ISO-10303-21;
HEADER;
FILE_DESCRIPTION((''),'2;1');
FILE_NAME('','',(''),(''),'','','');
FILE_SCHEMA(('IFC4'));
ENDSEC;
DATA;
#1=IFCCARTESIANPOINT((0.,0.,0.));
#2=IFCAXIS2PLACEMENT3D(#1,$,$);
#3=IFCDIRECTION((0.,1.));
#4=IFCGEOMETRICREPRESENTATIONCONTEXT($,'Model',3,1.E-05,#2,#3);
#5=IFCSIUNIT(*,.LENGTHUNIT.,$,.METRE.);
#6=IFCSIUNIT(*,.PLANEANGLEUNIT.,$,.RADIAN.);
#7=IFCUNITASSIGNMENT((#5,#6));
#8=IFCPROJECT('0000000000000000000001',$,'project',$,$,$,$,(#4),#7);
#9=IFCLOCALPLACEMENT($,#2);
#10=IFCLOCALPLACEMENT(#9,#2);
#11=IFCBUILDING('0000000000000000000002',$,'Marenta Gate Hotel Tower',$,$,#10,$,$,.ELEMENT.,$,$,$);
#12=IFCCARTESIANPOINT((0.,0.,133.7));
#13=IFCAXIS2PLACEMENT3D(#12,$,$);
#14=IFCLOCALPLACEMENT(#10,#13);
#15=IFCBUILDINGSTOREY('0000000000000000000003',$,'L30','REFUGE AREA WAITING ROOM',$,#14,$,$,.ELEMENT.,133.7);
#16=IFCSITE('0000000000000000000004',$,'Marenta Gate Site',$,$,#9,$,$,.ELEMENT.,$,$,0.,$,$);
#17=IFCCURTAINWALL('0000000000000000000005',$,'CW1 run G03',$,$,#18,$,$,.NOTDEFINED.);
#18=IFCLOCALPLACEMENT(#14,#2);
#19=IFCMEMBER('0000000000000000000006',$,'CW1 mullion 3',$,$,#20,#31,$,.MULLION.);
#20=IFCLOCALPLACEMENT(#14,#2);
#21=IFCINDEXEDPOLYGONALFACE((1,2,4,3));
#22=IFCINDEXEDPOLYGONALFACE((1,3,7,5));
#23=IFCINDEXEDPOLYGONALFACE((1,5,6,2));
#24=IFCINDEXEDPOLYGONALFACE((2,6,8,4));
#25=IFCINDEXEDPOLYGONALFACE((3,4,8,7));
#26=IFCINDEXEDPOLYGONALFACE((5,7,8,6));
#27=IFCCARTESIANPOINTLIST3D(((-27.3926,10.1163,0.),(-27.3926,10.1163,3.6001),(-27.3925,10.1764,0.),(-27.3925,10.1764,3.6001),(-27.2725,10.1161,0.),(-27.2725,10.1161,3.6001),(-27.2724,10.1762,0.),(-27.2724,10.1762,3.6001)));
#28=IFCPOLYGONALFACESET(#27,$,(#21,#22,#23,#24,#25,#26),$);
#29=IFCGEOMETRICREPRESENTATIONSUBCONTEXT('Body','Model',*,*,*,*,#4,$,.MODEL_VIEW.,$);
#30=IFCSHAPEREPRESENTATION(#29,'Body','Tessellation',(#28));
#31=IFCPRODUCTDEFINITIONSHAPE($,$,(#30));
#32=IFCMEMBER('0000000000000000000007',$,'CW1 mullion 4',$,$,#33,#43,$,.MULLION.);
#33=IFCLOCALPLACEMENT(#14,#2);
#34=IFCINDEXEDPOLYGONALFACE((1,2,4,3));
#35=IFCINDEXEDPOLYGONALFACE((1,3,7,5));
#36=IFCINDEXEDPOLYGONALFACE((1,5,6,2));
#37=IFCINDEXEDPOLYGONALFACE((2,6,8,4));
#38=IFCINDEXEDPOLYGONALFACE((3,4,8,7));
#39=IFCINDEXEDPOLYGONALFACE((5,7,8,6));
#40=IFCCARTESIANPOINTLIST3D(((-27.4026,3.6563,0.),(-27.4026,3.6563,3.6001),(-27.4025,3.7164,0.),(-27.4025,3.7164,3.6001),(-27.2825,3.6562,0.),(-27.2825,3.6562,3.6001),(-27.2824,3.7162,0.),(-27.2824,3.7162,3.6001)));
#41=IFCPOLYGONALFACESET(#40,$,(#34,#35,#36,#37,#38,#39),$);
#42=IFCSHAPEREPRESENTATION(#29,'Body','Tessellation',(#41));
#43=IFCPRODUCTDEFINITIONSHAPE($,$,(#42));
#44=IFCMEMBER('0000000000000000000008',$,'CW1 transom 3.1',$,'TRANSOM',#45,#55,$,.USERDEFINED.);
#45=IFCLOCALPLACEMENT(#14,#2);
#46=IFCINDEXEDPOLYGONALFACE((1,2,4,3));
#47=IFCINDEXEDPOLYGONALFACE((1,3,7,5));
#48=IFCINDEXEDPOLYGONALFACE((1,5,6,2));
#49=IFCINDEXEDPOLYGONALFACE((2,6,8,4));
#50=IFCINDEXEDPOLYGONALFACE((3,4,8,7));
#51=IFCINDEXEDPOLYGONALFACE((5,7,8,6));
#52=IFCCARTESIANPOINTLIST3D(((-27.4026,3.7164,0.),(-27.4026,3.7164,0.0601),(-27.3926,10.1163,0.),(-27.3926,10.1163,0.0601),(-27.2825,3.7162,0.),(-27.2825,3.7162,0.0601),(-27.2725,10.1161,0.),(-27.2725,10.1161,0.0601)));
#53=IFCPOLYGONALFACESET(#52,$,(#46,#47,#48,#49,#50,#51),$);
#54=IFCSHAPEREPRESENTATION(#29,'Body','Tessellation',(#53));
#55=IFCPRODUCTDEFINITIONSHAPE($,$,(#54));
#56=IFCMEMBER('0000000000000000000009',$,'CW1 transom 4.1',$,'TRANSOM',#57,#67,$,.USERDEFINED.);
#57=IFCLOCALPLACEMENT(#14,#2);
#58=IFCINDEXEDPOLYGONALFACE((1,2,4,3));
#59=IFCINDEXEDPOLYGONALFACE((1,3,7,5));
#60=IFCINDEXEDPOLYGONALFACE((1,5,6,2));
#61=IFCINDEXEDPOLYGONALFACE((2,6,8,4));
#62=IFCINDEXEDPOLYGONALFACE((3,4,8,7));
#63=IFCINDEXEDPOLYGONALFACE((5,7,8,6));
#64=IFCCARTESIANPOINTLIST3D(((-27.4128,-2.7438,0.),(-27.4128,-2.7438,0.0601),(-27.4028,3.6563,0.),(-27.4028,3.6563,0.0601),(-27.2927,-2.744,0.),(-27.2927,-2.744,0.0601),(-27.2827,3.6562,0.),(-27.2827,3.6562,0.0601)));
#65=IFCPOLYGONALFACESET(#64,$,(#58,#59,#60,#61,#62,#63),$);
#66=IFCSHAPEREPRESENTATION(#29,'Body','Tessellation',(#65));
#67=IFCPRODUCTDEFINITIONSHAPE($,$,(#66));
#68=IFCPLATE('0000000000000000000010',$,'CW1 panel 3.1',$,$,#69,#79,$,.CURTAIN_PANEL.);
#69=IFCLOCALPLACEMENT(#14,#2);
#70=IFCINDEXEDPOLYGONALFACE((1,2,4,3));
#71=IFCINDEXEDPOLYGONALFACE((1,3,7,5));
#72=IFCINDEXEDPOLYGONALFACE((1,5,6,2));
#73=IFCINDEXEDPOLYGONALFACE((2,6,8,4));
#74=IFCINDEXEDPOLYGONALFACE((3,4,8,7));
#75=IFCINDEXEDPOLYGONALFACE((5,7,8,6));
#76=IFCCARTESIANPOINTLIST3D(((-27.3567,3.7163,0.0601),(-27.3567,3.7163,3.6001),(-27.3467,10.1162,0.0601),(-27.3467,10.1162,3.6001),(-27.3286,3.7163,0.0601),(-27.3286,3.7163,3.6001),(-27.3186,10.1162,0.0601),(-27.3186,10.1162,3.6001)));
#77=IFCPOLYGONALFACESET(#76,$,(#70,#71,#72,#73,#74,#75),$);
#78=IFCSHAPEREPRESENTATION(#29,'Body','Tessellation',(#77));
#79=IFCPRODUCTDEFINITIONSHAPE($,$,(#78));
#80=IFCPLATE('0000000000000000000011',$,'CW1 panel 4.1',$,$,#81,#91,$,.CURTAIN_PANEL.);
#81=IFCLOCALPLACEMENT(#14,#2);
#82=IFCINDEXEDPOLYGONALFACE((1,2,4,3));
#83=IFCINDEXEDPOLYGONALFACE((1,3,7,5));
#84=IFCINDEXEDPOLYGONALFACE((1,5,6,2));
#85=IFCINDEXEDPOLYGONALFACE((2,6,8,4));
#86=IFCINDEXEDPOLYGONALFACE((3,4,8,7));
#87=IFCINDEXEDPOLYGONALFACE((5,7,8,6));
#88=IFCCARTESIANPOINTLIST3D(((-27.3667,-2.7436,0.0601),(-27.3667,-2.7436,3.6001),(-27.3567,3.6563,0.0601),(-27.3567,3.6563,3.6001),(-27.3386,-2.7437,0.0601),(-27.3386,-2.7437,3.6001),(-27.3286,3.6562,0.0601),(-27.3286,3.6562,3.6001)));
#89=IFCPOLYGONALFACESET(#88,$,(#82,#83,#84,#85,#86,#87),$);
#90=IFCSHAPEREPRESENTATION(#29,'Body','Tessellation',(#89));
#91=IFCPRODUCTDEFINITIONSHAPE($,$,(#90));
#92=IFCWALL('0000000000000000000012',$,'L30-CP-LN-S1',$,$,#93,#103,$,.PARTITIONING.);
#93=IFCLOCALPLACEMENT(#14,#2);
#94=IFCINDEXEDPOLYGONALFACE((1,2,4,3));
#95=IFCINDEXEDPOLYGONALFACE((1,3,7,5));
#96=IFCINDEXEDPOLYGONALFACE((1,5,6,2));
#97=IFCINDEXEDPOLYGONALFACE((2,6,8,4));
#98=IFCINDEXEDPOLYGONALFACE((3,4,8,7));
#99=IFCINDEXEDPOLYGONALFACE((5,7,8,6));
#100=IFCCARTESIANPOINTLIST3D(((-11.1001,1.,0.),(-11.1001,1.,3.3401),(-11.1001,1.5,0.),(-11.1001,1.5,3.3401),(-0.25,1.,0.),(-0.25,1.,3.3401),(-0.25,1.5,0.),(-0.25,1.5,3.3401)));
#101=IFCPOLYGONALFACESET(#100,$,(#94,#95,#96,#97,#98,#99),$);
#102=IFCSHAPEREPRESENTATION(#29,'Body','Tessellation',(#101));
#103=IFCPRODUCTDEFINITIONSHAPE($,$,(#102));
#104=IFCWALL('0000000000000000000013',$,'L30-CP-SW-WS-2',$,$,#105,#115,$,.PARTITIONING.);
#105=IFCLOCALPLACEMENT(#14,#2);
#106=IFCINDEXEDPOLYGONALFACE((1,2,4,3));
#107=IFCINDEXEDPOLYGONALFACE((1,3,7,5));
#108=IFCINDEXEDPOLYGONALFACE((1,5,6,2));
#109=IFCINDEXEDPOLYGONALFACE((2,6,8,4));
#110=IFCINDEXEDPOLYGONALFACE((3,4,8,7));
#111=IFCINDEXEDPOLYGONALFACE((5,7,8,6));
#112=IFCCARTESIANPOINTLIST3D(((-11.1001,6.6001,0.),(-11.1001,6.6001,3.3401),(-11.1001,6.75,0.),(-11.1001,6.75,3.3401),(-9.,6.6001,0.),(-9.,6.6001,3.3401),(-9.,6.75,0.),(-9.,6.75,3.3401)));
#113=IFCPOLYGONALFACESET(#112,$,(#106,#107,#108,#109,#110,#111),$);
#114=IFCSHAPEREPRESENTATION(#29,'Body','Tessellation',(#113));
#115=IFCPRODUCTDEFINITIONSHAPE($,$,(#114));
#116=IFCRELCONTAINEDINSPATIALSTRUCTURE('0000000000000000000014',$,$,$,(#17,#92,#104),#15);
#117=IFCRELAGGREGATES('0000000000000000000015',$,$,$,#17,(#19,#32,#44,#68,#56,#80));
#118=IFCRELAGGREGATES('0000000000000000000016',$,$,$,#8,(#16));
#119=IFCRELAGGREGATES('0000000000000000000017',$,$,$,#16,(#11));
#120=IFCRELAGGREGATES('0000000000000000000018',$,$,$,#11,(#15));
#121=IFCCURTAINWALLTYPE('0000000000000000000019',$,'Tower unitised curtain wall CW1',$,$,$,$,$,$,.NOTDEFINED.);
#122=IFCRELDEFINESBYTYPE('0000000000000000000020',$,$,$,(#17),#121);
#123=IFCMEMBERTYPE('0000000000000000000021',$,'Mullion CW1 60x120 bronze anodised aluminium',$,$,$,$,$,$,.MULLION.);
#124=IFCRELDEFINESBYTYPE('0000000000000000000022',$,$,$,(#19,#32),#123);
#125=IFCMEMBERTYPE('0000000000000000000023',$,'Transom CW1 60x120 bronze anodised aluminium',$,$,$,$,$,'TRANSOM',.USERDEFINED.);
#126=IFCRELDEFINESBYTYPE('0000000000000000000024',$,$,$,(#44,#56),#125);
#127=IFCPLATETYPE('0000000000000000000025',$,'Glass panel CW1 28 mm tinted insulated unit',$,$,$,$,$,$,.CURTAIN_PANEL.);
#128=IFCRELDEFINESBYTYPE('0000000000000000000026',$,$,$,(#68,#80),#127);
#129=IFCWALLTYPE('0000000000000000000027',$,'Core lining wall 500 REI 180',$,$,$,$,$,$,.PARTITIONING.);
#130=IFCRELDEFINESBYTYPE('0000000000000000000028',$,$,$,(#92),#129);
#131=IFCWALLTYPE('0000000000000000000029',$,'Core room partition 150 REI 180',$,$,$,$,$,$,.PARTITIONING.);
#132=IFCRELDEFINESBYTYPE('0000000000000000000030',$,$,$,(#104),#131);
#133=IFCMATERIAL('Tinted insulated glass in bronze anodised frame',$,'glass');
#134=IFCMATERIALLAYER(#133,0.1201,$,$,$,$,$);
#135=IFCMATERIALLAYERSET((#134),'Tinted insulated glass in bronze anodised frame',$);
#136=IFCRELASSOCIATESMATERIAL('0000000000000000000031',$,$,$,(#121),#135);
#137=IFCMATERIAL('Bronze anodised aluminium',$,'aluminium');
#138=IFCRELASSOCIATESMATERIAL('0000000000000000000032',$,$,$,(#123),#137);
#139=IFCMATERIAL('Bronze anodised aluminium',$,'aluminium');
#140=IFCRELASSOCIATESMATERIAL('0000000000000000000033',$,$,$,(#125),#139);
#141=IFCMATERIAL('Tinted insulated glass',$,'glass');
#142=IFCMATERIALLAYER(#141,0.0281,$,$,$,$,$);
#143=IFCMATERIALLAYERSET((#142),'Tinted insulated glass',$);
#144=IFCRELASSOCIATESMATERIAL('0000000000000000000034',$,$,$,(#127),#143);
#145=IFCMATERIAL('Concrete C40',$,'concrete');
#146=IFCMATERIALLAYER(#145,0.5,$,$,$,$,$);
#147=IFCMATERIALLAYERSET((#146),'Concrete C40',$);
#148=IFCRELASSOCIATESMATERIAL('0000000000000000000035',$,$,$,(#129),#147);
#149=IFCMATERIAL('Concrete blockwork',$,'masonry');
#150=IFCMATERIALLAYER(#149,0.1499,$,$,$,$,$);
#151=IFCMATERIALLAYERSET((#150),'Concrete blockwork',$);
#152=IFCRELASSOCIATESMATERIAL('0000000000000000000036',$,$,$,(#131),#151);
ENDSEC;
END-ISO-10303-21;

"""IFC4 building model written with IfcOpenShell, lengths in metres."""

from ifc_helpers import new_model, si_unit, direction, frame, frame_2d, origin, origin_2d, place, context, subcontext, project, spatial, rectangle, extrude, material, layer, layer_set, material_profile, profile_set, type_object, element, aggregate, save


model = new_model("IFC4")

# Units and contexts
model_context = context("Model", 3, precision=1e-05, world=origin(), true_north=direction((0.0, 1.0)))
body_context = subcontext(model_context, "Body", "Model", "MODEL_VIEW")
ifc_project = project(units=[si_unit("LENGTHUNIT", "METRE"), si_unit("PLANEANGLEUNIT", "RADIAN")], contexts=[model_context])

# Site, building, storey
site_placement = place(None, origin())
site = spatial("IfcSite", under=ifc_project, at=site_placement, Name="Marenta Gate Site", CompositionType="ELEMENT", RefElevation=0.0)
building_placement = place(site_placement, origin())
building = spatial("IfcBuilding", under=site, at=building_placement, Name="Marenta Gate Hotel Tower", CompositionType="ELEMENT")
storey_placement = place(building_placement, frame((0.0, 0.0, 133.7)))
storey = spatial("IfcBuildingStorey", under=building, at=storey_placement, Name="L30", Description="REFUGE AREA WAITING ROOM", CompositionType="ELEMENT", Elevation=133.7)

# Curtain wall, members, plates
ifc_material_1 = material(Name="Tinted insulated glass in bronze anodised frame", Category="glass")
ifc_layer_1 = layer(ifc_material_1, 0.1201)
ifc_layer_set_1 = layer_set([ifc_layer_1], Name="Tinted insulated glass in bronze anodised frame")
curtain_wall_type = type_object("IfcCurtainWallType", Name="Tower unitised curtain wall CW1", PredefinedType="NOTDEFINED", material=ifc_layer_set_1)
curtain_wall_placement = place(storey_placement, origin())
curtain_wall = element("IfcCurtainWall", 1, at=curtain_wall_placement, inside=storey, type_object=curtain_wall_type, Name="CW1 run G03", PredefinedType="NOTDEFINED")
ifc_material_2 = material(Name="Bronze anodised aluminium", Category="aluminium")
ifc_material_profile_1 = material_profile(ifc_material_2, rectangle(XDim=0.1201, YDim=0.0601, at=origin_2d()), Name="Mullion CW1 60x120 bronze anodised aluminium")
ifc_profile_set_1 = profile_set([ifc_material_profile_1], Name="Bronze anodised aluminium")
member_type_1 = type_object("IfcMemberType", Name="Mullion CW1 60x120 bronze anodised aluminium", PredefinedType="MULLION", material=ifc_profile_set_1)
member_1_placement = place(storey_placement, frame((-27.3325, 10.1462, 0.0), z_axis=(0.0, 0.0, 1.0), x_axis=(0.999999, -0.001566, 0.0)))
member_1 = element("IfcMember", 2, at=member_1_placement, type_object=member_type_1, Name="CW1 mullion 3", PredefinedType="MULLION", context=body_context, shape_type="SweptSolid", body=[
    extrude(rectangle(XDim=0.1201, YDim=0.0601, at=origin_2d()), origin(), (0.0, 0.0, 1.0), 3.6001),
])
member_2_placement = place(storey_placement, frame((-27.3425, 3.6863, 0.0), z_axis=(0.0, 0.0, 1.0), x_axis=(0.999999, -0.001566, 0.0)))
member_2 = element("IfcMember", 3, at=member_2_placement, type_object=member_type_1, Name="CW1 mullion 4", PredefinedType="MULLION", context=body_context, shape_type="SweptSolid", body=[
    extrude(rectangle(XDim=0.1201, YDim=0.0601, at=origin_2d()), origin(), (0.0, 0.0, 1.0), 3.6001),
])
ifc_material_3 = material(Name="Bronze anodised aluminium", Category="aluminium")
ifc_material_profile_2 = material_profile(ifc_material_3, rectangle(XDim=0.1201, YDim=0.0601, at=origin_2d()), Name="Transom CW1 60x120 bronze anodised aluminium")
ifc_profile_set_2 = profile_set([ifc_material_profile_2], Name="Bronze anodised aluminium")
member_type_2 = type_object("IfcMemberType", Name="Transom CW1 60x120 bronze anodised aluminium", ElementType="TRANSOM", PredefinedType="USERDEFINED", material=ifc_profile_set_2)
member_3_placement = place(storey_placement, frame((-27.3325, 10.1162, 0.03), z_axis=(-0.001564, -0.999999, 0.0), x_axis=(0.999999, -0.001564, 0.0)))
member_3 = element("IfcMember", 4, at=member_3_placement, type_object=member_type_2, Name="CW1 transom 3.1", ObjectType="TRANSOM", PredefinedType="USERDEFINED", context=body_context, shape_type="SweptSolid", body=[
    extrude(rectangle(XDim=0.1201, YDim=0.0601, at=origin_2d()), origin(), (0.0, 0.0, 1.0), 6.3999),
])
member_4_placement = place(storey_placement, frame((-27.3428, 3.6562, 0.03), z_axis=(-0.001564, -0.999999, 0.0), x_axis=(0.999999, -0.001564, 0.0)))
member_4 = element("IfcMember", 5, at=member_4_placement, type_object=member_type_2, Name="CW1 transom 4.1", ObjectType="TRANSOM", PredefinedType="USERDEFINED", context=body_context, shape_type="SweptSolid", body=[
    extrude(rectangle(XDim=0.1201, YDim=0.0601, at=origin_2d()), origin(), (0.0, 0.0, 1.0), 6.4001),
])
ifc_material_4 = material(Name="Tinted insulated glass", Category="glass")
ifc_layer_2 = layer(ifc_material_4, 0.0281)
ifc_layer_set_2 = layer_set([ifc_layer_2], Name="Tinted insulated glass")
plate_type = type_object("IfcPlateType", Name="Glass panel CW1 28 mm tinted insulated unit", PredefinedType="CURTAIN_PANEL", material=ifc_layer_set_2)
plate_1_placement = place(storey_placement, frame((-27.3376, 6.9163, 0.0601), z_axis=(0.0, 0.0, 1.0), x_axis=(-0.001566, -0.999999, 0.0)))
plate_1 = element("IfcPlate", 6, at=plate_1_placement, type_object=plate_type, Name="CW1 panel 3.1", PredefinedType="CURTAIN_PANEL", context=body_context, shape_type="SweptSolid", body=[
    extrude(rectangle(XDim=6.3999, YDim=0.0281, at=origin_2d()), origin(), (0.0, 0.0, 1.0), 3.54),
])
plate_2_placement = place(storey_placement, frame((-27.3477, 0.4563, 0.0601), z_axis=(0.0, 0.0, 1.0), x_axis=(-0.001566, -0.999999, 0.0)))
plate_2 = element("IfcPlate", 7, at=plate_2_placement, type_object=plate_type, Name="CW1 panel 4.1", PredefinedType="CURTAIN_PANEL", context=body_context, shape_type="SweptSolid", body=[
    extrude(rectangle(XDim=6.3999, YDim=0.0281, at=origin_2d()), origin(), (0.0, 0.0, 1.0), 3.54),
])
aggregate(curtain_wall, [member_1, member_2, member_3, plate_1, member_4, plate_2])

# Walls
ifc_material_5 = material(Name="Concrete C40", Category="concrete")
ifc_layer_3 = layer(ifc_material_5, 0.5)
ifc_layer_set_3 = layer_set([ifc_layer_3], Name="Concrete C40")
wall_type_1 = type_object("IfcWallType", Name="Core lining wall 500 REI 180", PredefinedType="PARTITIONING", material=ifc_layer_set_3)
wall_1_placement = place(storey_placement, frame((-11.1001, 1.25, 0.0), z_axis=(0.0, 0.0, 1.0), x_axis=(1.0, 0.0, 0.0)))
element("IfcWall", 8, at=wall_1_placement, inside=storey, type_object=wall_type_1, Name="L30-CP-LN-S1", PredefinedType="PARTITIONING", context=body_context, shape_type="SweptSolid", body=[
    extrude(rectangle(XDim=10.8501, YDim=0.5, at=frame_2d((5.425, 0.0))), origin(), (0.0, 0.0, 1.0), 3.3401),
])
ifc_material_6 = material(Name="Concrete blockwork", Category="masonry")
ifc_layer_4 = layer(ifc_material_6, 0.1499)
ifc_layer_set_4 = layer_set([ifc_layer_4], Name="Concrete blockwork")
wall_type_2 = type_object("IfcWallType", Name="Core room partition 150 REI 180", PredefinedType="PARTITIONING", material=ifc_layer_set_4)
wall_2_placement = place(storey_placement, frame((-11.1001, 6.675, 0.0), z_axis=(0.0, 0.0, 1.0), x_axis=(1.0, 0.0, 0.0)))
element("IfcWall", 9, at=wall_2_placement, inside=storey, type_object=wall_type_2, Name="L30-CP-SW-WS-2", PredefinedType="PARTITIONING", context=body_context, shape_type="SweptSolid", body=[
    extrude(rectangle(XDim=2.1001, YDim=0.1499, at=frame_2d((1.05, 0.0))), origin(), (0.0, 0.0, 1.0), 3.3401),
])

save(model, "model.ifc")
